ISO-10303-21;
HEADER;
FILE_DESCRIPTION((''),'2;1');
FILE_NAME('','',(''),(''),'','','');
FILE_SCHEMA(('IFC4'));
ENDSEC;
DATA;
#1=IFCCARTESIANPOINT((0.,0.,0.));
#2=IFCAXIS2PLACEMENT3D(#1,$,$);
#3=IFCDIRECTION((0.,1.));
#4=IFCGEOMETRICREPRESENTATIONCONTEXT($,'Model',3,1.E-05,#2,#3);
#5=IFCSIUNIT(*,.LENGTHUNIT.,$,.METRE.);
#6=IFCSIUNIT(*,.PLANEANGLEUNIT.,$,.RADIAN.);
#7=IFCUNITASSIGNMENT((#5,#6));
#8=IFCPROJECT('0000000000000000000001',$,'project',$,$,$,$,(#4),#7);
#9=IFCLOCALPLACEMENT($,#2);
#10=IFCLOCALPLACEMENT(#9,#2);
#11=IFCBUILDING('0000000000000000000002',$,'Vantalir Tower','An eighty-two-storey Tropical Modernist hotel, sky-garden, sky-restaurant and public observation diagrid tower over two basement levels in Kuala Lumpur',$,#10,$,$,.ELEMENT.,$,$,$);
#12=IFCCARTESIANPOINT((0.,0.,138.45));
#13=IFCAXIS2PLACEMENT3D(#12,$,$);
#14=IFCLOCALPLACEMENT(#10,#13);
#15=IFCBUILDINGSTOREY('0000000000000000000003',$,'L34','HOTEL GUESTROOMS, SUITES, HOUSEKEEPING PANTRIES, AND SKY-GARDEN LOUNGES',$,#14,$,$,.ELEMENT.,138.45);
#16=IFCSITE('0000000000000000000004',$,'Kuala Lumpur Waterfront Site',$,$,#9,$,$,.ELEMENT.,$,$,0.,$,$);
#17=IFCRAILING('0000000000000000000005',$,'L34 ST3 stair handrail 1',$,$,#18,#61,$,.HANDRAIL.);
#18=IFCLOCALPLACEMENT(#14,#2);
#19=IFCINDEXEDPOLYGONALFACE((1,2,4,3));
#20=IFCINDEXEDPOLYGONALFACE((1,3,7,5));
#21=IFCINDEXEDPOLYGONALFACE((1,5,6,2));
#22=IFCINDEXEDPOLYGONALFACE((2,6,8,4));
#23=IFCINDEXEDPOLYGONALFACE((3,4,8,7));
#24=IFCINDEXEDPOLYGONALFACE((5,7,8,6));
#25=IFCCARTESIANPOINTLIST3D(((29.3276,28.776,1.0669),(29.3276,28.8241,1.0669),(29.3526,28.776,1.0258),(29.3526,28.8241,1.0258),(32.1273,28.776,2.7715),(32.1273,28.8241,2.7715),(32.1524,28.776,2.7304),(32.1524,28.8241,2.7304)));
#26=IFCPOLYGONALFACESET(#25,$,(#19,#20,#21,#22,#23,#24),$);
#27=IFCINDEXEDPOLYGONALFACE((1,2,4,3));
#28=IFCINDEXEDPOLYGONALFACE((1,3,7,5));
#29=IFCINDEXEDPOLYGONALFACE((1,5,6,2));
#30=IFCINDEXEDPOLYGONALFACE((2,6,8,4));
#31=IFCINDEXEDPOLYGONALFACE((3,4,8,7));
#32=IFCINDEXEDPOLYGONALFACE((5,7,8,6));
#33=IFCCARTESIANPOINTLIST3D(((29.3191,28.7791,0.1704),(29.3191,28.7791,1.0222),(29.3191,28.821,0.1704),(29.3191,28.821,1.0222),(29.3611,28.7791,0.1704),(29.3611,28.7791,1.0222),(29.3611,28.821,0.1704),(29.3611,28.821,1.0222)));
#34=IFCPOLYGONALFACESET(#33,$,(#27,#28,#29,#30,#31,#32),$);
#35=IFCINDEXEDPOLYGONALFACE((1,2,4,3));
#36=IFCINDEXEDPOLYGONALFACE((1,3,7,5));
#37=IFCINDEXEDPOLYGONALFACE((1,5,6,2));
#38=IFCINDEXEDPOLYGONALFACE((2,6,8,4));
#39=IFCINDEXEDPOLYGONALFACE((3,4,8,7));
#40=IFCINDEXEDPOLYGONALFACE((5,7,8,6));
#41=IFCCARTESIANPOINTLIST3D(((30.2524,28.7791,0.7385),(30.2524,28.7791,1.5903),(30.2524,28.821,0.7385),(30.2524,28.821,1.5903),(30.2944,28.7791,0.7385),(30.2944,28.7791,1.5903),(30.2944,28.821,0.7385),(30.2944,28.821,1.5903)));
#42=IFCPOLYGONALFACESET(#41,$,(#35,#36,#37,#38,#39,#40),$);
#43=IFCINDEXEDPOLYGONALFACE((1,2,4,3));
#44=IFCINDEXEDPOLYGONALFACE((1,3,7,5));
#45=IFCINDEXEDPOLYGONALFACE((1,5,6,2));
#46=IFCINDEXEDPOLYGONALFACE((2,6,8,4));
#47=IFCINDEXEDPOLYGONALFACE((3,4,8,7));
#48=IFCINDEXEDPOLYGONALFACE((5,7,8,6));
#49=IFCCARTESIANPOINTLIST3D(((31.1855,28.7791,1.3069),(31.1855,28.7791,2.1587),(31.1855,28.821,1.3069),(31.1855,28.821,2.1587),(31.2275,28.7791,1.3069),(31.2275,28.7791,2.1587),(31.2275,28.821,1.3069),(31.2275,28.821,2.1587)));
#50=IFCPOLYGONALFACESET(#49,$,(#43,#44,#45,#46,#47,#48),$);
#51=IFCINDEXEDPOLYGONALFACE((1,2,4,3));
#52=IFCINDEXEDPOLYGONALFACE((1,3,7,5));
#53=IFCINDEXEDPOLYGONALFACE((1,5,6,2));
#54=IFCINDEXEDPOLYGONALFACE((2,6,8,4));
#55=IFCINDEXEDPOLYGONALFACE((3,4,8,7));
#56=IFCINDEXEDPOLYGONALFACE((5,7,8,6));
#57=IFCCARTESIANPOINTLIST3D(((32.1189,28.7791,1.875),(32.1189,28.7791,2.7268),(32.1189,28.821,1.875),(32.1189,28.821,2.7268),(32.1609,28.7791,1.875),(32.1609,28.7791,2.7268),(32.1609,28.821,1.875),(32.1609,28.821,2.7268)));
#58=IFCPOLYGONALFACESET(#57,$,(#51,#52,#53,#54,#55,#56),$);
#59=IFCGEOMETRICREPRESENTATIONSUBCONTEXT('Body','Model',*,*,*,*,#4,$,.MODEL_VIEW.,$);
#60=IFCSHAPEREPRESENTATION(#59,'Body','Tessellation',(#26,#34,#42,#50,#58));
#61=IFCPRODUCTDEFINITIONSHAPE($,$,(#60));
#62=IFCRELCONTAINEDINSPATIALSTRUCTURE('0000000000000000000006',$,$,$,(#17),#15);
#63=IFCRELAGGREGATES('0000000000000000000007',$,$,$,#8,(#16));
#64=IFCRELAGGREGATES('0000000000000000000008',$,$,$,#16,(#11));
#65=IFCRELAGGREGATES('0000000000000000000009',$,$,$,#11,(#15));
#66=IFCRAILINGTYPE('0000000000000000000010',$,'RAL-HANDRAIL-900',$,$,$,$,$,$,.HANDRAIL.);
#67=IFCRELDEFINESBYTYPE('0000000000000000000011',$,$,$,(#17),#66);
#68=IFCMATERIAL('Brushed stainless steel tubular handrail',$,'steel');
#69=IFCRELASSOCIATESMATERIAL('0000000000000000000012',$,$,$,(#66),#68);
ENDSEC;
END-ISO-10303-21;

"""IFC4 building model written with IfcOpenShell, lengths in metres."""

from ifc_helpers import new_model, si_unit, direction, frame, origin, origin_2d, place, context, subcontext, project, spatial, rectangle, extrude, material, type_object, element, save


model = new_model("IFC4")

# Units and contexts
model_context = context("Model", 3, precision=1e-05, world=origin(), true_north=direction((0.0, 1.0)))
body_context = subcontext(model_context, "Body", "Model", "MODEL_VIEW")
ifc_project = project(units=[si_unit("LENGTHUNIT", "METRE"), si_unit("PLANEANGLEUNIT", "RADIAN")], contexts=[model_context])

# Site, building, storey
site_placement = place(None, origin())
site = spatial("IfcSite", under=ifc_project, at=site_placement, Name="Kuala Lumpur Waterfront Site", CompositionType="ELEMENT", RefElevation=0.0)
building_placement = place(site_placement, origin())
building = spatial("IfcBuilding", under=site, at=building_placement, Name="Vantalir Tower", Description="An eighty-two-storey Tropical Modernist hotel, sky-garden, sky-restaurant and public observation diagrid tower over two basement levels in Kuala Lumpur", CompositionType="ELEMENT")
storey_placement = place(building_placement, frame((0.0, 0.0, 138.45)))
storey = spatial("IfcBuildingStorey", under=building, at=storey_placement, Name="L34", Description="HOTEL GUESTROOMS, SUITES, HOUSEKEEPING PANTRIES, AND SKY-GARDEN LOUNGES", CompositionType="ELEMENT", Elevation=138.45)

# Railing
ifc_material_1 = material(Name="Brushed stainless steel tubular handrail", Category="steel")
railing_type_1 = type_object("IfcRailingType", Name="RAL-HANDRAIL-900", PredefinedType="HANDRAIL", material=ifc_material_1)
railing_1_placement = place(storey_placement, frame((29.3401, 28.8, 0.1704)))
element("IfcRailing", 1, at=railing_1_placement, inside=storey, type_object=railing_type_1, Name="L34 ST3 stair handrail 1", PredefinedType="HANDRAIL", context=body_context, shape_type="SweptSolid", body=[
    extrude(rectangle(XDim=0.0481, YDim=0.0481, at=origin_2d()), frame((0.0, 0.0, 0.876), z_axis=(0.85415, 0.0, 0.520027), x_axis=(0.0, 1.0, 0.0)), (0.0, 0.0, 1.0), 3.2778),
    extrude(rectangle(XDim=0.042, YDim=0.042, at=origin_2d()), origin(), (0.0, 0.0, 1.0), 0.8518),
    extrude(rectangle(XDim=0.042, YDim=0.042, at=origin_2d()), frame((0.9333, 0.0, 0.5681)), (0.0, 0.0, 1.0), 0.8518),
    extrude(rectangle(XDim=0.042, YDim=0.042, at=origin_2d()), frame((1.8665, 0.0, 1.1365)), (0.0, 0.0, 1.0), 0.8518),
    extrude(rectangle(XDim=0.042, YDim=0.042, at=origin_2d()), frame((2.7998, 0.0, 1.7046)), (0.0, 0.0, 1.0), 0.8518),
])

save(model, "model.ifc")
